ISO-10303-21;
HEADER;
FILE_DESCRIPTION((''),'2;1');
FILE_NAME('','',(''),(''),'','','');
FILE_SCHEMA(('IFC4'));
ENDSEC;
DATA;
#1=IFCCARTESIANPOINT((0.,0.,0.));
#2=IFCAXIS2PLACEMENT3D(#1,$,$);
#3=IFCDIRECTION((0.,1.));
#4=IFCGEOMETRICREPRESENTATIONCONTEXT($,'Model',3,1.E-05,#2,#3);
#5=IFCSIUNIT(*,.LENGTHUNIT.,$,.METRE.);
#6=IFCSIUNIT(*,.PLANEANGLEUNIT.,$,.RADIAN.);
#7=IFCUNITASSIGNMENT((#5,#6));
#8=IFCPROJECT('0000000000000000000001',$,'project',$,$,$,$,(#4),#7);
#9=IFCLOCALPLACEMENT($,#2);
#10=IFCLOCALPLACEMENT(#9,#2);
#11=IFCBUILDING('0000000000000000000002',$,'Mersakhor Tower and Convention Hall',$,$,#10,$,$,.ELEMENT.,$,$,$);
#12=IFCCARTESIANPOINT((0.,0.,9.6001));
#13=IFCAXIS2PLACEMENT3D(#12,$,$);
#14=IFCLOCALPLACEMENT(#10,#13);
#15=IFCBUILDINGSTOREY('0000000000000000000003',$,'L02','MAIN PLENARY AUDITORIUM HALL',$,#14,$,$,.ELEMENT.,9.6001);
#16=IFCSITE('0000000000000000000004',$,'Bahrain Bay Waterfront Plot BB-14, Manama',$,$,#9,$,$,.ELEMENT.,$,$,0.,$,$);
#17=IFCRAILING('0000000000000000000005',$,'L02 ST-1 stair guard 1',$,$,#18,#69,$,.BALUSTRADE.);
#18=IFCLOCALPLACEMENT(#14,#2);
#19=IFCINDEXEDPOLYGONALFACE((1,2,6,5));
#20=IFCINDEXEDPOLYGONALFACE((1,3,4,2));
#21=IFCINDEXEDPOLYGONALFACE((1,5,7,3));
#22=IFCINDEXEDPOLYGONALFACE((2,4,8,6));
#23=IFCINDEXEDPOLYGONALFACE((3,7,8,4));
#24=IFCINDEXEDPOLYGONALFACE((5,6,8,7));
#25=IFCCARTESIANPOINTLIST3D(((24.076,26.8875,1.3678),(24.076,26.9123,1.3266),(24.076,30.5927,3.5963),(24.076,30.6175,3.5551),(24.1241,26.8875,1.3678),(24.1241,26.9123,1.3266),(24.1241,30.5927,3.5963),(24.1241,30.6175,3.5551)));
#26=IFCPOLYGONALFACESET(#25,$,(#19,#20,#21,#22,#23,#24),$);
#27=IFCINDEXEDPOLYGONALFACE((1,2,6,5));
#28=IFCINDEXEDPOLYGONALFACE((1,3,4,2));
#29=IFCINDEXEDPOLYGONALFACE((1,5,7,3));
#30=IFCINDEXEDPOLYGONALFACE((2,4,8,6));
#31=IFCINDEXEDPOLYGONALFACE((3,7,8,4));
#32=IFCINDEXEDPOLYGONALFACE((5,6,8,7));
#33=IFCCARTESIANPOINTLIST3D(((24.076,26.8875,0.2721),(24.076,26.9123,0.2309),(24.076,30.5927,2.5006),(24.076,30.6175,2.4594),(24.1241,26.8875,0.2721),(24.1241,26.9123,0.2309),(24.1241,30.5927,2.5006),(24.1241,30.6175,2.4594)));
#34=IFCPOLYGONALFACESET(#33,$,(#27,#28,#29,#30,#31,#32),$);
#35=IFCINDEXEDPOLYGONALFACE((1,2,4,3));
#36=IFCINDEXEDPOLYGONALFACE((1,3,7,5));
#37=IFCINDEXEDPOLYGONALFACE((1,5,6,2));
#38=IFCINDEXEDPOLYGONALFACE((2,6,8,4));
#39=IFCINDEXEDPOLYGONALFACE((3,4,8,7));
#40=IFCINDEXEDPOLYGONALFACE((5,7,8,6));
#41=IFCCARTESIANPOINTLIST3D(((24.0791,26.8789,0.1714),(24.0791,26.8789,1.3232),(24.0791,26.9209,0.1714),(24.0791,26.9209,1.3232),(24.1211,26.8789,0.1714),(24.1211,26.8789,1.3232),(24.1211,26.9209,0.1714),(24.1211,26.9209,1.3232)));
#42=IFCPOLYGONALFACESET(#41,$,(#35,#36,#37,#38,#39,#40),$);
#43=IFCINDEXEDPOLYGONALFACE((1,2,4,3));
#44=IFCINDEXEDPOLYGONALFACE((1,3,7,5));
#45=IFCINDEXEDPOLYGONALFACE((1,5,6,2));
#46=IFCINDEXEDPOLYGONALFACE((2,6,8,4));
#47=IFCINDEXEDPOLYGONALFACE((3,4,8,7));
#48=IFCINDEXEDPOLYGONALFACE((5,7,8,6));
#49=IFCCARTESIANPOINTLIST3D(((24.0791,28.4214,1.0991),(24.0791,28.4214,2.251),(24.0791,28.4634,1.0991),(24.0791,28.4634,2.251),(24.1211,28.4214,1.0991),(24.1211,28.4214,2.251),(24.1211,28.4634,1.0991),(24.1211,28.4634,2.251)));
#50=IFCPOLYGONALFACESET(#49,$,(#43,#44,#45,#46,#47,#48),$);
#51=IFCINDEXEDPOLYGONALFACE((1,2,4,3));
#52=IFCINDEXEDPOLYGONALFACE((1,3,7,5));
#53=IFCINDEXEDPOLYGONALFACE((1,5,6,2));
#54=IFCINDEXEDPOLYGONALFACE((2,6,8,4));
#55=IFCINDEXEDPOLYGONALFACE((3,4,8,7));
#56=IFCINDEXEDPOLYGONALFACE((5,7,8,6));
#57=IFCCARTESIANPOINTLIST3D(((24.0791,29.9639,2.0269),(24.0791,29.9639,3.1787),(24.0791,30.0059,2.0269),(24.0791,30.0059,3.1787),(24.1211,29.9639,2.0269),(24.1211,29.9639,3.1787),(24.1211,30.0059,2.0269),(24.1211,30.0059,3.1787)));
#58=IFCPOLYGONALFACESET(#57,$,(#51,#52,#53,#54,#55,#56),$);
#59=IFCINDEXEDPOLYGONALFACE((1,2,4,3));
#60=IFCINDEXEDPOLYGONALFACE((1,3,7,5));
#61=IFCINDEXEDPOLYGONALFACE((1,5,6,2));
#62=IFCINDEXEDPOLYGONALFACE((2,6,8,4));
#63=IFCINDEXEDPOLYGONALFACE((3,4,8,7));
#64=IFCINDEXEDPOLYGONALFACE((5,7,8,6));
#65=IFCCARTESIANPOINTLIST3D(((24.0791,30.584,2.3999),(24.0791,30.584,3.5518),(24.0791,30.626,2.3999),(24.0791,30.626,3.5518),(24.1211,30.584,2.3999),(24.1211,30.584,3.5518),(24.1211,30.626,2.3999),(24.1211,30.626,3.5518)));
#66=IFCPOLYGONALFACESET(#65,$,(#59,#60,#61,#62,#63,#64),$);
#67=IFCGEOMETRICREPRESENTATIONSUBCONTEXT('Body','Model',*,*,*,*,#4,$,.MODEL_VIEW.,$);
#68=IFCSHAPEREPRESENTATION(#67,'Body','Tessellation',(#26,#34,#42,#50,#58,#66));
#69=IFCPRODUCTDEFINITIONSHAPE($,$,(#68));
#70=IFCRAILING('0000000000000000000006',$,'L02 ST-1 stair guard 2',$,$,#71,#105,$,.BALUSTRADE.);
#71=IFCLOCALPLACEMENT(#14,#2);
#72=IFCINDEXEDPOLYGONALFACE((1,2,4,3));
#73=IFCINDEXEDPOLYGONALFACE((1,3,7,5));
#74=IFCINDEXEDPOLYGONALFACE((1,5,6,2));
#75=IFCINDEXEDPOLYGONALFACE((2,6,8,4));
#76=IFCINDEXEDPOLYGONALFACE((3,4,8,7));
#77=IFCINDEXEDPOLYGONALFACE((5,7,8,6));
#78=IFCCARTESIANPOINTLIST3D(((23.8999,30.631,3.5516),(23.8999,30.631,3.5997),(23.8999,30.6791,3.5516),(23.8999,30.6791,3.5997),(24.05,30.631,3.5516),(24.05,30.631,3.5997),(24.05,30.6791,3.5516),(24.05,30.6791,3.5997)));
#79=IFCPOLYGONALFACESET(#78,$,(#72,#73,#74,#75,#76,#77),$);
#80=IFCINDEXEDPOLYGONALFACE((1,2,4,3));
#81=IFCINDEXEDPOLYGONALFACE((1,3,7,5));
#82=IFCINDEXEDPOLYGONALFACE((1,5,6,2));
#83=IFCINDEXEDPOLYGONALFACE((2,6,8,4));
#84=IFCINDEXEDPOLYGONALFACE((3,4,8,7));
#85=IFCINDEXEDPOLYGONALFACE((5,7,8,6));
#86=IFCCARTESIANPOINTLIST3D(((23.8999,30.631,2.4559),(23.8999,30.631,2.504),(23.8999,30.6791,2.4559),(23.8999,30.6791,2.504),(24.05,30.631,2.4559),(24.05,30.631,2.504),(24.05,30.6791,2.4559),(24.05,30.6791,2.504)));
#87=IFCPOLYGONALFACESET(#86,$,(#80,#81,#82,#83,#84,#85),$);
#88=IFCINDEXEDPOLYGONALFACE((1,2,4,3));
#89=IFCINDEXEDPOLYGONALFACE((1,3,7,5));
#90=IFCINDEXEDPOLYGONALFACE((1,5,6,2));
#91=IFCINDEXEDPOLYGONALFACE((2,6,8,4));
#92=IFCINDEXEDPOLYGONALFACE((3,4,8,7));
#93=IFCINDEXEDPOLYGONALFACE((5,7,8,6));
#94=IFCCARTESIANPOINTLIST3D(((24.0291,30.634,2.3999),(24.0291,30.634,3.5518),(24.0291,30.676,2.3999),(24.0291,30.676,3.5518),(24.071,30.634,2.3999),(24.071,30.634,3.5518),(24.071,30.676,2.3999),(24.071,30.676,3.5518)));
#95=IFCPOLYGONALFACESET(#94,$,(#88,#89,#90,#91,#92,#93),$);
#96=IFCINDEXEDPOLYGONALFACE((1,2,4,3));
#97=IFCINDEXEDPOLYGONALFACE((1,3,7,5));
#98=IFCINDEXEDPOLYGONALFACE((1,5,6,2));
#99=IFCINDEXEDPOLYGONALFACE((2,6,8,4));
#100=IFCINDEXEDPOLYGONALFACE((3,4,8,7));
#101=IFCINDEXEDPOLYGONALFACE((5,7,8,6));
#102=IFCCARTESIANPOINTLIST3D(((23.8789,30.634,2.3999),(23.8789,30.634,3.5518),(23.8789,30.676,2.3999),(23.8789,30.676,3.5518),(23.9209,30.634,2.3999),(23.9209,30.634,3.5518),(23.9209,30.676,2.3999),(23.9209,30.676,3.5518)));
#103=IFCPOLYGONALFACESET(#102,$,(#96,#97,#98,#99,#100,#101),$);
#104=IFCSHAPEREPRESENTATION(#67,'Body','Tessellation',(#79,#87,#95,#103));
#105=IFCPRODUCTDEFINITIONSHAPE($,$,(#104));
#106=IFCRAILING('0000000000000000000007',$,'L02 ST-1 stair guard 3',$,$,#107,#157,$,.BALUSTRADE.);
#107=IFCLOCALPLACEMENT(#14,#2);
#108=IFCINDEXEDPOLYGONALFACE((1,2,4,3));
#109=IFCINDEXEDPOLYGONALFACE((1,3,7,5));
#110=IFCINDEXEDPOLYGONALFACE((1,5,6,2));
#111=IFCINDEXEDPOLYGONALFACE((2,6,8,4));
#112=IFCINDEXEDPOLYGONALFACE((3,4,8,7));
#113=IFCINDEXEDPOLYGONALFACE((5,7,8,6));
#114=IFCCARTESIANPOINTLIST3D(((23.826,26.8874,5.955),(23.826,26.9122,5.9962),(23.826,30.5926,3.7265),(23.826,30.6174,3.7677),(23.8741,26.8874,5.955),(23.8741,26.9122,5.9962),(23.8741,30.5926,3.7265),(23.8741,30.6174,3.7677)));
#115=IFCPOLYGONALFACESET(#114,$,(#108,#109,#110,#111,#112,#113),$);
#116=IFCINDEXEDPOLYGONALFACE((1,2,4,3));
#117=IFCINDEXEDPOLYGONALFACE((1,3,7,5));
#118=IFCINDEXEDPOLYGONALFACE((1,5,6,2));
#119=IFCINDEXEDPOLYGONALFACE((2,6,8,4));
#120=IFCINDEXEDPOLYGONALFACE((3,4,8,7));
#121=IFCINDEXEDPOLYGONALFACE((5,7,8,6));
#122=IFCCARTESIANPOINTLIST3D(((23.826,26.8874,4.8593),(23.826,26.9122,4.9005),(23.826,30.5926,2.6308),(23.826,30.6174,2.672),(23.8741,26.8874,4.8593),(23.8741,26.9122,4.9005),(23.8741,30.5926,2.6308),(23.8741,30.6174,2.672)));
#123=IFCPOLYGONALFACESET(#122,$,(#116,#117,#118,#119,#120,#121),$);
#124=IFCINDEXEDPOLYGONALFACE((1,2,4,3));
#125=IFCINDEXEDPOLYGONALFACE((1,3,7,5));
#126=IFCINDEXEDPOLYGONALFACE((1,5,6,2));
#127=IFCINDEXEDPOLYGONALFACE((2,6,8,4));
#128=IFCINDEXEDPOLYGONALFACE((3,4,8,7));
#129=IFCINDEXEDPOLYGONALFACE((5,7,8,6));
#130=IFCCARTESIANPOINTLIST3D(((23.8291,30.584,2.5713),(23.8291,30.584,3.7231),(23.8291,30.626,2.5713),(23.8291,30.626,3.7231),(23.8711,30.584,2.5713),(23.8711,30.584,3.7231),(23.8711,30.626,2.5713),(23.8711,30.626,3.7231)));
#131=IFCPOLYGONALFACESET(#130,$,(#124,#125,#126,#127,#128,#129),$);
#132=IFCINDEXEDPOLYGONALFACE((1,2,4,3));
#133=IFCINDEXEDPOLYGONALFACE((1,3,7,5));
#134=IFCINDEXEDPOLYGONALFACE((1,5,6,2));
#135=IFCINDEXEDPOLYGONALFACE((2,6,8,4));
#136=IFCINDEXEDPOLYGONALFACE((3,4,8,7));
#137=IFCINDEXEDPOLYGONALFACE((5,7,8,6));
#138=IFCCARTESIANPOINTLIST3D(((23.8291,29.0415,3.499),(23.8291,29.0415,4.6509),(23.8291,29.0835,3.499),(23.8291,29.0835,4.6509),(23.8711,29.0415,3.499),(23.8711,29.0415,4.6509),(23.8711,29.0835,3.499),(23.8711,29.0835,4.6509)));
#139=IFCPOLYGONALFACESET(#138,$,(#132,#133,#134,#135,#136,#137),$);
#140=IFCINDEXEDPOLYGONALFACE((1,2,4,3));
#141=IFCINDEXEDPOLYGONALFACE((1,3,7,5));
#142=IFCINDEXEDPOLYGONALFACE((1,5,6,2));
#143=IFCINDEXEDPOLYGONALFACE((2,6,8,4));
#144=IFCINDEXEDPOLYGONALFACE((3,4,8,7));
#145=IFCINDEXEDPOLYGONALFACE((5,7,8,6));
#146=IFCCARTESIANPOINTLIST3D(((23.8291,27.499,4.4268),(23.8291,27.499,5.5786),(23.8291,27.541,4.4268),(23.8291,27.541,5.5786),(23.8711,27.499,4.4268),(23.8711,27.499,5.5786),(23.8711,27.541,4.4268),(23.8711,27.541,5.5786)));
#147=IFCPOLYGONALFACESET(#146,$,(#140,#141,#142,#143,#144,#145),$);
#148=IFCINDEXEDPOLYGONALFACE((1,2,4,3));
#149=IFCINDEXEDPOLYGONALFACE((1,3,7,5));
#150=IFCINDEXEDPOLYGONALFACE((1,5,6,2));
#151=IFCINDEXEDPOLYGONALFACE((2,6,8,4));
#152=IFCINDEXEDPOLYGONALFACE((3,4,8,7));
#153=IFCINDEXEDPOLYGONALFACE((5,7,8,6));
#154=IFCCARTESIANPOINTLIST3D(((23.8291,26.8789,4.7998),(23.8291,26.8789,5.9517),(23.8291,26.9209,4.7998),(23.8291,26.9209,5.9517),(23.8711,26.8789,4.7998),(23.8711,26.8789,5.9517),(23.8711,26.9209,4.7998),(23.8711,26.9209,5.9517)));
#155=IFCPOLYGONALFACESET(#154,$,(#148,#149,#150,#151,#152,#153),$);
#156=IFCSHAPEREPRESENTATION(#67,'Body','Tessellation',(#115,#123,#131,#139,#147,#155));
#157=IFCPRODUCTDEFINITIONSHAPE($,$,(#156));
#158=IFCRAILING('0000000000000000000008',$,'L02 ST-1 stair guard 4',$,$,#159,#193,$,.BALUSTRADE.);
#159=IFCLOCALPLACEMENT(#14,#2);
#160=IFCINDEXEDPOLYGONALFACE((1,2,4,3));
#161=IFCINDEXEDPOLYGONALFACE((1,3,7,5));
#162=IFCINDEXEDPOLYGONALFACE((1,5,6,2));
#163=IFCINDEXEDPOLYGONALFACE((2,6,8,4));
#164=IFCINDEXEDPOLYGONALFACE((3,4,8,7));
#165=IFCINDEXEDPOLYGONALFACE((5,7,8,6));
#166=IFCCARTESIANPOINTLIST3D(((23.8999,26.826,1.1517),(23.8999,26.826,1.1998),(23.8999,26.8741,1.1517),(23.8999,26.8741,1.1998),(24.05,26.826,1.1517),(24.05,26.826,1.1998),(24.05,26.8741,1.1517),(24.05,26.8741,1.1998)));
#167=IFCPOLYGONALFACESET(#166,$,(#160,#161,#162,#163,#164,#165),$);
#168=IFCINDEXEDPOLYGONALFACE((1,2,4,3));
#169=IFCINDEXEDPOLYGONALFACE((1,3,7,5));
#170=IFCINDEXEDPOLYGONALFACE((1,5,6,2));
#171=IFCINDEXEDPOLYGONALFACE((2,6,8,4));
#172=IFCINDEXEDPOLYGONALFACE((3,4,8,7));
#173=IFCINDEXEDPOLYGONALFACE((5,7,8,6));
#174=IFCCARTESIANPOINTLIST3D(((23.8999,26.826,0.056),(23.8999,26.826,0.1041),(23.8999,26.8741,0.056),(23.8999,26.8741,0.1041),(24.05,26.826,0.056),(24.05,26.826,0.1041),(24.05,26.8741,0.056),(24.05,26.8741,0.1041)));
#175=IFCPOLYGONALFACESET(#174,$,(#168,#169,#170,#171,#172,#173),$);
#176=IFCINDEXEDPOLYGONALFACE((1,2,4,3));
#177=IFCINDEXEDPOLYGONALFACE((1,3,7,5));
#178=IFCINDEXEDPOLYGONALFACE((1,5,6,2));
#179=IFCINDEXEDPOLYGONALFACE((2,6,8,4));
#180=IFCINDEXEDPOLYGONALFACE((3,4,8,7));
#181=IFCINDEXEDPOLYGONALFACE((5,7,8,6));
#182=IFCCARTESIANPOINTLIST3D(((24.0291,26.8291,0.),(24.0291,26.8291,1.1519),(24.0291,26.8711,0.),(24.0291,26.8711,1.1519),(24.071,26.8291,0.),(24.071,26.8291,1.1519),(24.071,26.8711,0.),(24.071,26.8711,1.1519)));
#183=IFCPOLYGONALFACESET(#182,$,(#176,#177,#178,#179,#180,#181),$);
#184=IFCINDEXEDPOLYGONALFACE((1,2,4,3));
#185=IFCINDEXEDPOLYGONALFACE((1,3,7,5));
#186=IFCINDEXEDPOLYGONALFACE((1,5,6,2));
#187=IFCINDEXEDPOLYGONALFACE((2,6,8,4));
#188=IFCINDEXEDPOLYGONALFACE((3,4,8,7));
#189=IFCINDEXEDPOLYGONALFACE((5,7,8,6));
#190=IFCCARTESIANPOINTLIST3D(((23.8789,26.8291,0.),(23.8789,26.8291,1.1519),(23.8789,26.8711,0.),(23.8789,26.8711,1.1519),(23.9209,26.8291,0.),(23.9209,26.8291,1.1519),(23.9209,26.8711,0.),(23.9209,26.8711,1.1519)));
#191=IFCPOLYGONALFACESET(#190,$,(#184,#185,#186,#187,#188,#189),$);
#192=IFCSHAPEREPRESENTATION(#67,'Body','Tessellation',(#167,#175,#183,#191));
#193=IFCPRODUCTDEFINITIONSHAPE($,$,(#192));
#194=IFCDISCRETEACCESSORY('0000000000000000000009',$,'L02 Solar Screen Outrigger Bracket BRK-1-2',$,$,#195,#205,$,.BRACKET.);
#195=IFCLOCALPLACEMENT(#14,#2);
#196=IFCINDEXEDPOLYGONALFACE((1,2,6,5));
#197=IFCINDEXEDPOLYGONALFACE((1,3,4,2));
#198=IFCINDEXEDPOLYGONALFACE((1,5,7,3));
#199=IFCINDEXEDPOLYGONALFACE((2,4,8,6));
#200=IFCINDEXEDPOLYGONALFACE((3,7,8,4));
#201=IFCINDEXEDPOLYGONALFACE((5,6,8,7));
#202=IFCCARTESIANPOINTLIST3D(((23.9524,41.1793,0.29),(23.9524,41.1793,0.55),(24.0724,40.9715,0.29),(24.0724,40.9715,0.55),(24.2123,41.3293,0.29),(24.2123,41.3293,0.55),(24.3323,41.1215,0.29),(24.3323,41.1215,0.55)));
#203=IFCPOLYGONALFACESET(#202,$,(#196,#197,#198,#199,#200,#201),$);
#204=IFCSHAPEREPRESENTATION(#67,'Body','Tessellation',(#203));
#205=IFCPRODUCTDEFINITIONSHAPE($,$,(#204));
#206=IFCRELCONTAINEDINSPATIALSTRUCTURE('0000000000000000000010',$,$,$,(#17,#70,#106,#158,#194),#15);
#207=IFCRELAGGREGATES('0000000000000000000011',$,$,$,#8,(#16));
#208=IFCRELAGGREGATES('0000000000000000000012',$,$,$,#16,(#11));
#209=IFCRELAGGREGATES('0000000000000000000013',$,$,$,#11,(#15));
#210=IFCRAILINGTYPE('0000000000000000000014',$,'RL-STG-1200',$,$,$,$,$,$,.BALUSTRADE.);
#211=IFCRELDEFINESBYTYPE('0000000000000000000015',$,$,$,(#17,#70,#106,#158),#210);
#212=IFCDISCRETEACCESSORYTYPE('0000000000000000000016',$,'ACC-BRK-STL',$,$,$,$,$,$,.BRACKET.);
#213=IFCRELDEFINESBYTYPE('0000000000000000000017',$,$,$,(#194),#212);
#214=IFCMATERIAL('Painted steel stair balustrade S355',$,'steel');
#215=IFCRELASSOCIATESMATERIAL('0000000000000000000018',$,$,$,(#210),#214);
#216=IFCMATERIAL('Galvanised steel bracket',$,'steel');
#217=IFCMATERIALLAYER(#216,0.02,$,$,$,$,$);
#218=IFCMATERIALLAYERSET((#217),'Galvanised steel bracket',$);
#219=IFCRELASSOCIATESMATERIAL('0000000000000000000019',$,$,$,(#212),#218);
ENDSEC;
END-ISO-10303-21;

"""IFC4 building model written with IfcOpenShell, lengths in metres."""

from ifc_helpers import new_model, si_unit, direction, frame, origin, origin_2d, place, context, subcontext, project, spatial, rectangle, extrude, material, layer, layer_set, type_object, element, save


model = new_model("IFC4")

# Units and contexts
model_context = context("Model", 3, precision=1e-05, world=origin(), true_north=direction((0.0, 1.0)))
body_context = subcontext(model_context, "Body", "Model", "MODEL_VIEW")
ifc_project = project(units=[si_unit("LENGTHUNIT", "METRE"), si_unit("PLANEANGLEUNIT", "RADIAN")], contexts=[model_context])

# Site, building, storey
site_placement = place(None, origin())
site = spatial("IfcSite", under=ifc_project, at=site_placement, Name="Bahrain Bay Waterfront Plot BB-14, Manama", CompositionType="ELEMENT", RefElevation=0.0)
building_placement = place(site_placement, origin())
building = spatial("IfcBuilding", under=site, at=building_placement, Name="Mersakhor Tower and Convention Hall", CompositionType="ELEMENT")
storey_placement = place(building_placement, frame((0.0, 0.0, 9.6001)))
storey = spatial("IfcBuildingStorey", under=building, at=storey_placement, Name="L02", Description="MAIN PLENARY AUDITORIUM HALL", CompositionType="ELEMENT", Elevation=9.6001)

# Railings
ifc_material_1 = material(Name="Painted steel stair balustrade S355", Category="steel")
railing_type_1 = type_object("IfcRailingType", Name="RL-STG-1200", PredefinedType="BALUSTRADE", material=ifc_material_1)
railing_1_placement = place(storey_placement, frame((24.1001, 26.8999, 0.1714)))
element("IfcRailing", 1, at=railing_1_placement, inside=storey, type_object=railing_type_1, Name="L02 ST-1 stair guard 1", PredefinedType="BALUSTRADE", context=body_context, shape_type="SweptSolid", body=[
    extrude(rectangle(XDim=0.0481, YDim=0.0481, at=origin_2d()), frame((0.0, 0.0, 1.1758), z_axis=(0.0, 0.856934, 0.515425), x_axis=(-1.0, 0.0, 0.0)), (0.0, 0.0, 1.0), 4.3237),
    extrude(rectangle(XDim=0.0481, YDim=0.0481, at=origin_2d()), frame((0.0, 0.0, 0.0801), z_axis=(0.0, 0.856934, 0.515425), x_axis=(-1.0, 0.0, 0.0)), (0.0, 0.0, 1.0), 4.3237),
    extrude(rectangle(XDim=0.042, YDim=0.042, at=origin_2d()), origin(), (0.0, 0.0, 1.0), 1.1519),
    extrude(rectangle(XDim=0.042, YDim=0.042, at=origin_2d()), frame((0.0, 1.5425, 0.9277)), (0.0, 0.0, 1.0), 1.1519),
    extrude(rectangle(XDim=0.042, YDim=0.042, at=origin_2d()), frame((0.0, 3.085, 1.8555)), (0.0, 0.0, 1.0), 1.1519),
    extrude(rectangle(XDim=0.042, YDim=0.042, at=origin_2d()), frame((0.0, 3.7051, 2.2285)), (0.0, 0.0, 1.0), 1.1519),
])
railing_2_placement = place(storey_placement, frame((24.05, 30.655, 2.3999)))
element("IfcRailing", 2, at=railing_2_placement, inside=storey, type_object=railing_type_1, Name="L02 ST-1 stair guard 2", PredefinedType="BALUSTRADE", context=body_context, shape_type="SweptSolid", body=[
    extrude(rectangle(XDim=0.0481, YDim=0.0481, at=origin_2d()), frame((0.0, 0.0, 1.1758), z_axis=(-1.0, 0.0, 0.0), x_axis=(0.0, -1.0, 0.0)), (0.0, 0.0, 1.0), 0.1501),
    extrude(rectangle(XDim=0.0481, YDim=0.0481, at=origin_2d()), frame((0.0, 0.0, 0.0801), z_axis=(-1.0, 0.0, 0.0), x_axis=(0.0, -1.0, 0.0)), (0.0, 0.0, 1.0), 0.1501),
    extrude(rectangle(XDim=0.042, YDim=0.042, at=origin_2d()), origin(), (0.0, 0.0, 1.0), 1.1519),
    extrude(rectangle(XDim=0.042, YDim=0.042, at=origin_2d()), frame((-0.1501, 0.0, 0.0)), (0.0, 0.0, 1.0), 1.1519),
])
railing_3_placement = place(storey_placement, frame((23.8501, 30.605, 2.5713)))
element("IfcRailing", 3, at=railing_3_placement, inside=storey, type_object=railing_type_1, Name="L02 ST-1 stair guard 3", PredefinedType="BALUSTRADE", context=body_context, shape_type="SweptSolid", body=[
    extrude(rectangle(XDim=0.0481, YDim=0.0481, at=origin_2d()), frame((0.0, 0.0, 1.1758), z_axis=(0.0, -0.856934, 0.515425), x_axis=(1.0, 0.0, 0.0)), (0.0, 0.0, 1.0), 4.3237),
    extrude(rectangle(XDim=0.0481, YDim=0.0481, at=origin_2d()), frame((0.0, 0.0, 0.0801), z_axis=(0.0, -0.856934, 0.515425), x_axis=(1.0, 0.0, 0.0)), (0.0, 0.0, 1.0), 4.3237),
    extrude(rectangle(XDim=0.042, YDim=0.042, at=origin_2d()), origin(), (0.0, 0.0, 1.0), 1.1519),
    extrude(rectangle(XDim=0.042, YDim=0.042, at=origin_2d()), frame((0.0, -1.5425, 0.9277)), (0.0, 0.0, 1.0), 1.1519),
    extrude(rectangle(XDim=0.042, YDim=0.042, at=origin_2d()), frame((0.0, -3.085, 1.8555)), (0.0, 0.0, 1.0), 1.1519),
    extrude(rectangle(XDim=0.042, YDim=0.042, at=origin_2d()), frame((0.0, -3.7051, 2.2285)), (0.0, 0.0, 1.0), 1.1519),
])
railing_4_placement = place(storey_placement, frame((24.05, 26.8501, 0.0)))
element("IfcRailing", 4, at=railing_4_placement, inside=storey, type_object=railing_type_1, Name="L02 ST-1 stair guard 4", PredefinedType="BALUSTRADE", context=body_context, shape_type="SweptSolid", body=[
    extrude(rectangle(XDim=0.0481, YDim=0.0481, at=origin_2d()), frame((0.0, 0.0, 1.1758), z_axis=(-1.0, 0.0, 0.0), x_axis=(0.0, -1.0, 0.0)), (0.0, 0.0, 1.0), 0.1501),
    extrude(rectangle(XDim=0.0481, YDim=0.0481, at=origin_2d()), frame((0.0, 0.0, 0.0801), z_axis=(-1.0, 0.0, 0.0), x_axis=(0.0, -1.0, 0.0)), (0.0, 0.0, 1.0), 0.1501),
    extrude(rectangle(XDim=0.042, YDim=0.042, at=origin_2d()), origin(), (0.0, 0.0, 1.0), 1.1519),
    extrude(rectangle(XDim=0.042, YDim=0.042, at=origin_2d()), frame((-0.1501, 0.0, 0.0)), (0.0, 0.0, 1.0), 1.1519),
])

# Discrete accessory
ifc_material_2 = material(Name="Galvanised steel bracket", Category="steel")
ifc_layer_1 = layer(ifc_material_2, 0.02)
ifc_layer_set_1 = layer_set([ifc_layer_1], Name="Galvanised steel bracket")
discrete_accessory_type = type_object("IfcDiscreteAccessoryType", Name="ACC-BRK-STL", PredefinedType="BRACKET", material=ifc_layer_set_1)
discrete_accessory_placement = place(storey_placement, frame((24.1423, 41.1504, 0.29), z_axis=(0.0, 0.0, 1.0), x_axis=(0.866025, 0.5, 0.0)))
element("IfcDiscreteAccessory", 5, at=discrete_accessory_placement, inside=storey, type_object=discrete_accessory_type, Name="L02 Solar Screen Outrigger Bracket BRK-1-2", PredefinedType="BRACKET", context=body_context, shape_type="SweptSolid", body=[
    extrude(rectangle(XDim=0.3, YDim=0.24, at=origin_2d()), origin(), (0.0, 0.0, 1.0), 0.26),
])

save(model, "model.ifc")
